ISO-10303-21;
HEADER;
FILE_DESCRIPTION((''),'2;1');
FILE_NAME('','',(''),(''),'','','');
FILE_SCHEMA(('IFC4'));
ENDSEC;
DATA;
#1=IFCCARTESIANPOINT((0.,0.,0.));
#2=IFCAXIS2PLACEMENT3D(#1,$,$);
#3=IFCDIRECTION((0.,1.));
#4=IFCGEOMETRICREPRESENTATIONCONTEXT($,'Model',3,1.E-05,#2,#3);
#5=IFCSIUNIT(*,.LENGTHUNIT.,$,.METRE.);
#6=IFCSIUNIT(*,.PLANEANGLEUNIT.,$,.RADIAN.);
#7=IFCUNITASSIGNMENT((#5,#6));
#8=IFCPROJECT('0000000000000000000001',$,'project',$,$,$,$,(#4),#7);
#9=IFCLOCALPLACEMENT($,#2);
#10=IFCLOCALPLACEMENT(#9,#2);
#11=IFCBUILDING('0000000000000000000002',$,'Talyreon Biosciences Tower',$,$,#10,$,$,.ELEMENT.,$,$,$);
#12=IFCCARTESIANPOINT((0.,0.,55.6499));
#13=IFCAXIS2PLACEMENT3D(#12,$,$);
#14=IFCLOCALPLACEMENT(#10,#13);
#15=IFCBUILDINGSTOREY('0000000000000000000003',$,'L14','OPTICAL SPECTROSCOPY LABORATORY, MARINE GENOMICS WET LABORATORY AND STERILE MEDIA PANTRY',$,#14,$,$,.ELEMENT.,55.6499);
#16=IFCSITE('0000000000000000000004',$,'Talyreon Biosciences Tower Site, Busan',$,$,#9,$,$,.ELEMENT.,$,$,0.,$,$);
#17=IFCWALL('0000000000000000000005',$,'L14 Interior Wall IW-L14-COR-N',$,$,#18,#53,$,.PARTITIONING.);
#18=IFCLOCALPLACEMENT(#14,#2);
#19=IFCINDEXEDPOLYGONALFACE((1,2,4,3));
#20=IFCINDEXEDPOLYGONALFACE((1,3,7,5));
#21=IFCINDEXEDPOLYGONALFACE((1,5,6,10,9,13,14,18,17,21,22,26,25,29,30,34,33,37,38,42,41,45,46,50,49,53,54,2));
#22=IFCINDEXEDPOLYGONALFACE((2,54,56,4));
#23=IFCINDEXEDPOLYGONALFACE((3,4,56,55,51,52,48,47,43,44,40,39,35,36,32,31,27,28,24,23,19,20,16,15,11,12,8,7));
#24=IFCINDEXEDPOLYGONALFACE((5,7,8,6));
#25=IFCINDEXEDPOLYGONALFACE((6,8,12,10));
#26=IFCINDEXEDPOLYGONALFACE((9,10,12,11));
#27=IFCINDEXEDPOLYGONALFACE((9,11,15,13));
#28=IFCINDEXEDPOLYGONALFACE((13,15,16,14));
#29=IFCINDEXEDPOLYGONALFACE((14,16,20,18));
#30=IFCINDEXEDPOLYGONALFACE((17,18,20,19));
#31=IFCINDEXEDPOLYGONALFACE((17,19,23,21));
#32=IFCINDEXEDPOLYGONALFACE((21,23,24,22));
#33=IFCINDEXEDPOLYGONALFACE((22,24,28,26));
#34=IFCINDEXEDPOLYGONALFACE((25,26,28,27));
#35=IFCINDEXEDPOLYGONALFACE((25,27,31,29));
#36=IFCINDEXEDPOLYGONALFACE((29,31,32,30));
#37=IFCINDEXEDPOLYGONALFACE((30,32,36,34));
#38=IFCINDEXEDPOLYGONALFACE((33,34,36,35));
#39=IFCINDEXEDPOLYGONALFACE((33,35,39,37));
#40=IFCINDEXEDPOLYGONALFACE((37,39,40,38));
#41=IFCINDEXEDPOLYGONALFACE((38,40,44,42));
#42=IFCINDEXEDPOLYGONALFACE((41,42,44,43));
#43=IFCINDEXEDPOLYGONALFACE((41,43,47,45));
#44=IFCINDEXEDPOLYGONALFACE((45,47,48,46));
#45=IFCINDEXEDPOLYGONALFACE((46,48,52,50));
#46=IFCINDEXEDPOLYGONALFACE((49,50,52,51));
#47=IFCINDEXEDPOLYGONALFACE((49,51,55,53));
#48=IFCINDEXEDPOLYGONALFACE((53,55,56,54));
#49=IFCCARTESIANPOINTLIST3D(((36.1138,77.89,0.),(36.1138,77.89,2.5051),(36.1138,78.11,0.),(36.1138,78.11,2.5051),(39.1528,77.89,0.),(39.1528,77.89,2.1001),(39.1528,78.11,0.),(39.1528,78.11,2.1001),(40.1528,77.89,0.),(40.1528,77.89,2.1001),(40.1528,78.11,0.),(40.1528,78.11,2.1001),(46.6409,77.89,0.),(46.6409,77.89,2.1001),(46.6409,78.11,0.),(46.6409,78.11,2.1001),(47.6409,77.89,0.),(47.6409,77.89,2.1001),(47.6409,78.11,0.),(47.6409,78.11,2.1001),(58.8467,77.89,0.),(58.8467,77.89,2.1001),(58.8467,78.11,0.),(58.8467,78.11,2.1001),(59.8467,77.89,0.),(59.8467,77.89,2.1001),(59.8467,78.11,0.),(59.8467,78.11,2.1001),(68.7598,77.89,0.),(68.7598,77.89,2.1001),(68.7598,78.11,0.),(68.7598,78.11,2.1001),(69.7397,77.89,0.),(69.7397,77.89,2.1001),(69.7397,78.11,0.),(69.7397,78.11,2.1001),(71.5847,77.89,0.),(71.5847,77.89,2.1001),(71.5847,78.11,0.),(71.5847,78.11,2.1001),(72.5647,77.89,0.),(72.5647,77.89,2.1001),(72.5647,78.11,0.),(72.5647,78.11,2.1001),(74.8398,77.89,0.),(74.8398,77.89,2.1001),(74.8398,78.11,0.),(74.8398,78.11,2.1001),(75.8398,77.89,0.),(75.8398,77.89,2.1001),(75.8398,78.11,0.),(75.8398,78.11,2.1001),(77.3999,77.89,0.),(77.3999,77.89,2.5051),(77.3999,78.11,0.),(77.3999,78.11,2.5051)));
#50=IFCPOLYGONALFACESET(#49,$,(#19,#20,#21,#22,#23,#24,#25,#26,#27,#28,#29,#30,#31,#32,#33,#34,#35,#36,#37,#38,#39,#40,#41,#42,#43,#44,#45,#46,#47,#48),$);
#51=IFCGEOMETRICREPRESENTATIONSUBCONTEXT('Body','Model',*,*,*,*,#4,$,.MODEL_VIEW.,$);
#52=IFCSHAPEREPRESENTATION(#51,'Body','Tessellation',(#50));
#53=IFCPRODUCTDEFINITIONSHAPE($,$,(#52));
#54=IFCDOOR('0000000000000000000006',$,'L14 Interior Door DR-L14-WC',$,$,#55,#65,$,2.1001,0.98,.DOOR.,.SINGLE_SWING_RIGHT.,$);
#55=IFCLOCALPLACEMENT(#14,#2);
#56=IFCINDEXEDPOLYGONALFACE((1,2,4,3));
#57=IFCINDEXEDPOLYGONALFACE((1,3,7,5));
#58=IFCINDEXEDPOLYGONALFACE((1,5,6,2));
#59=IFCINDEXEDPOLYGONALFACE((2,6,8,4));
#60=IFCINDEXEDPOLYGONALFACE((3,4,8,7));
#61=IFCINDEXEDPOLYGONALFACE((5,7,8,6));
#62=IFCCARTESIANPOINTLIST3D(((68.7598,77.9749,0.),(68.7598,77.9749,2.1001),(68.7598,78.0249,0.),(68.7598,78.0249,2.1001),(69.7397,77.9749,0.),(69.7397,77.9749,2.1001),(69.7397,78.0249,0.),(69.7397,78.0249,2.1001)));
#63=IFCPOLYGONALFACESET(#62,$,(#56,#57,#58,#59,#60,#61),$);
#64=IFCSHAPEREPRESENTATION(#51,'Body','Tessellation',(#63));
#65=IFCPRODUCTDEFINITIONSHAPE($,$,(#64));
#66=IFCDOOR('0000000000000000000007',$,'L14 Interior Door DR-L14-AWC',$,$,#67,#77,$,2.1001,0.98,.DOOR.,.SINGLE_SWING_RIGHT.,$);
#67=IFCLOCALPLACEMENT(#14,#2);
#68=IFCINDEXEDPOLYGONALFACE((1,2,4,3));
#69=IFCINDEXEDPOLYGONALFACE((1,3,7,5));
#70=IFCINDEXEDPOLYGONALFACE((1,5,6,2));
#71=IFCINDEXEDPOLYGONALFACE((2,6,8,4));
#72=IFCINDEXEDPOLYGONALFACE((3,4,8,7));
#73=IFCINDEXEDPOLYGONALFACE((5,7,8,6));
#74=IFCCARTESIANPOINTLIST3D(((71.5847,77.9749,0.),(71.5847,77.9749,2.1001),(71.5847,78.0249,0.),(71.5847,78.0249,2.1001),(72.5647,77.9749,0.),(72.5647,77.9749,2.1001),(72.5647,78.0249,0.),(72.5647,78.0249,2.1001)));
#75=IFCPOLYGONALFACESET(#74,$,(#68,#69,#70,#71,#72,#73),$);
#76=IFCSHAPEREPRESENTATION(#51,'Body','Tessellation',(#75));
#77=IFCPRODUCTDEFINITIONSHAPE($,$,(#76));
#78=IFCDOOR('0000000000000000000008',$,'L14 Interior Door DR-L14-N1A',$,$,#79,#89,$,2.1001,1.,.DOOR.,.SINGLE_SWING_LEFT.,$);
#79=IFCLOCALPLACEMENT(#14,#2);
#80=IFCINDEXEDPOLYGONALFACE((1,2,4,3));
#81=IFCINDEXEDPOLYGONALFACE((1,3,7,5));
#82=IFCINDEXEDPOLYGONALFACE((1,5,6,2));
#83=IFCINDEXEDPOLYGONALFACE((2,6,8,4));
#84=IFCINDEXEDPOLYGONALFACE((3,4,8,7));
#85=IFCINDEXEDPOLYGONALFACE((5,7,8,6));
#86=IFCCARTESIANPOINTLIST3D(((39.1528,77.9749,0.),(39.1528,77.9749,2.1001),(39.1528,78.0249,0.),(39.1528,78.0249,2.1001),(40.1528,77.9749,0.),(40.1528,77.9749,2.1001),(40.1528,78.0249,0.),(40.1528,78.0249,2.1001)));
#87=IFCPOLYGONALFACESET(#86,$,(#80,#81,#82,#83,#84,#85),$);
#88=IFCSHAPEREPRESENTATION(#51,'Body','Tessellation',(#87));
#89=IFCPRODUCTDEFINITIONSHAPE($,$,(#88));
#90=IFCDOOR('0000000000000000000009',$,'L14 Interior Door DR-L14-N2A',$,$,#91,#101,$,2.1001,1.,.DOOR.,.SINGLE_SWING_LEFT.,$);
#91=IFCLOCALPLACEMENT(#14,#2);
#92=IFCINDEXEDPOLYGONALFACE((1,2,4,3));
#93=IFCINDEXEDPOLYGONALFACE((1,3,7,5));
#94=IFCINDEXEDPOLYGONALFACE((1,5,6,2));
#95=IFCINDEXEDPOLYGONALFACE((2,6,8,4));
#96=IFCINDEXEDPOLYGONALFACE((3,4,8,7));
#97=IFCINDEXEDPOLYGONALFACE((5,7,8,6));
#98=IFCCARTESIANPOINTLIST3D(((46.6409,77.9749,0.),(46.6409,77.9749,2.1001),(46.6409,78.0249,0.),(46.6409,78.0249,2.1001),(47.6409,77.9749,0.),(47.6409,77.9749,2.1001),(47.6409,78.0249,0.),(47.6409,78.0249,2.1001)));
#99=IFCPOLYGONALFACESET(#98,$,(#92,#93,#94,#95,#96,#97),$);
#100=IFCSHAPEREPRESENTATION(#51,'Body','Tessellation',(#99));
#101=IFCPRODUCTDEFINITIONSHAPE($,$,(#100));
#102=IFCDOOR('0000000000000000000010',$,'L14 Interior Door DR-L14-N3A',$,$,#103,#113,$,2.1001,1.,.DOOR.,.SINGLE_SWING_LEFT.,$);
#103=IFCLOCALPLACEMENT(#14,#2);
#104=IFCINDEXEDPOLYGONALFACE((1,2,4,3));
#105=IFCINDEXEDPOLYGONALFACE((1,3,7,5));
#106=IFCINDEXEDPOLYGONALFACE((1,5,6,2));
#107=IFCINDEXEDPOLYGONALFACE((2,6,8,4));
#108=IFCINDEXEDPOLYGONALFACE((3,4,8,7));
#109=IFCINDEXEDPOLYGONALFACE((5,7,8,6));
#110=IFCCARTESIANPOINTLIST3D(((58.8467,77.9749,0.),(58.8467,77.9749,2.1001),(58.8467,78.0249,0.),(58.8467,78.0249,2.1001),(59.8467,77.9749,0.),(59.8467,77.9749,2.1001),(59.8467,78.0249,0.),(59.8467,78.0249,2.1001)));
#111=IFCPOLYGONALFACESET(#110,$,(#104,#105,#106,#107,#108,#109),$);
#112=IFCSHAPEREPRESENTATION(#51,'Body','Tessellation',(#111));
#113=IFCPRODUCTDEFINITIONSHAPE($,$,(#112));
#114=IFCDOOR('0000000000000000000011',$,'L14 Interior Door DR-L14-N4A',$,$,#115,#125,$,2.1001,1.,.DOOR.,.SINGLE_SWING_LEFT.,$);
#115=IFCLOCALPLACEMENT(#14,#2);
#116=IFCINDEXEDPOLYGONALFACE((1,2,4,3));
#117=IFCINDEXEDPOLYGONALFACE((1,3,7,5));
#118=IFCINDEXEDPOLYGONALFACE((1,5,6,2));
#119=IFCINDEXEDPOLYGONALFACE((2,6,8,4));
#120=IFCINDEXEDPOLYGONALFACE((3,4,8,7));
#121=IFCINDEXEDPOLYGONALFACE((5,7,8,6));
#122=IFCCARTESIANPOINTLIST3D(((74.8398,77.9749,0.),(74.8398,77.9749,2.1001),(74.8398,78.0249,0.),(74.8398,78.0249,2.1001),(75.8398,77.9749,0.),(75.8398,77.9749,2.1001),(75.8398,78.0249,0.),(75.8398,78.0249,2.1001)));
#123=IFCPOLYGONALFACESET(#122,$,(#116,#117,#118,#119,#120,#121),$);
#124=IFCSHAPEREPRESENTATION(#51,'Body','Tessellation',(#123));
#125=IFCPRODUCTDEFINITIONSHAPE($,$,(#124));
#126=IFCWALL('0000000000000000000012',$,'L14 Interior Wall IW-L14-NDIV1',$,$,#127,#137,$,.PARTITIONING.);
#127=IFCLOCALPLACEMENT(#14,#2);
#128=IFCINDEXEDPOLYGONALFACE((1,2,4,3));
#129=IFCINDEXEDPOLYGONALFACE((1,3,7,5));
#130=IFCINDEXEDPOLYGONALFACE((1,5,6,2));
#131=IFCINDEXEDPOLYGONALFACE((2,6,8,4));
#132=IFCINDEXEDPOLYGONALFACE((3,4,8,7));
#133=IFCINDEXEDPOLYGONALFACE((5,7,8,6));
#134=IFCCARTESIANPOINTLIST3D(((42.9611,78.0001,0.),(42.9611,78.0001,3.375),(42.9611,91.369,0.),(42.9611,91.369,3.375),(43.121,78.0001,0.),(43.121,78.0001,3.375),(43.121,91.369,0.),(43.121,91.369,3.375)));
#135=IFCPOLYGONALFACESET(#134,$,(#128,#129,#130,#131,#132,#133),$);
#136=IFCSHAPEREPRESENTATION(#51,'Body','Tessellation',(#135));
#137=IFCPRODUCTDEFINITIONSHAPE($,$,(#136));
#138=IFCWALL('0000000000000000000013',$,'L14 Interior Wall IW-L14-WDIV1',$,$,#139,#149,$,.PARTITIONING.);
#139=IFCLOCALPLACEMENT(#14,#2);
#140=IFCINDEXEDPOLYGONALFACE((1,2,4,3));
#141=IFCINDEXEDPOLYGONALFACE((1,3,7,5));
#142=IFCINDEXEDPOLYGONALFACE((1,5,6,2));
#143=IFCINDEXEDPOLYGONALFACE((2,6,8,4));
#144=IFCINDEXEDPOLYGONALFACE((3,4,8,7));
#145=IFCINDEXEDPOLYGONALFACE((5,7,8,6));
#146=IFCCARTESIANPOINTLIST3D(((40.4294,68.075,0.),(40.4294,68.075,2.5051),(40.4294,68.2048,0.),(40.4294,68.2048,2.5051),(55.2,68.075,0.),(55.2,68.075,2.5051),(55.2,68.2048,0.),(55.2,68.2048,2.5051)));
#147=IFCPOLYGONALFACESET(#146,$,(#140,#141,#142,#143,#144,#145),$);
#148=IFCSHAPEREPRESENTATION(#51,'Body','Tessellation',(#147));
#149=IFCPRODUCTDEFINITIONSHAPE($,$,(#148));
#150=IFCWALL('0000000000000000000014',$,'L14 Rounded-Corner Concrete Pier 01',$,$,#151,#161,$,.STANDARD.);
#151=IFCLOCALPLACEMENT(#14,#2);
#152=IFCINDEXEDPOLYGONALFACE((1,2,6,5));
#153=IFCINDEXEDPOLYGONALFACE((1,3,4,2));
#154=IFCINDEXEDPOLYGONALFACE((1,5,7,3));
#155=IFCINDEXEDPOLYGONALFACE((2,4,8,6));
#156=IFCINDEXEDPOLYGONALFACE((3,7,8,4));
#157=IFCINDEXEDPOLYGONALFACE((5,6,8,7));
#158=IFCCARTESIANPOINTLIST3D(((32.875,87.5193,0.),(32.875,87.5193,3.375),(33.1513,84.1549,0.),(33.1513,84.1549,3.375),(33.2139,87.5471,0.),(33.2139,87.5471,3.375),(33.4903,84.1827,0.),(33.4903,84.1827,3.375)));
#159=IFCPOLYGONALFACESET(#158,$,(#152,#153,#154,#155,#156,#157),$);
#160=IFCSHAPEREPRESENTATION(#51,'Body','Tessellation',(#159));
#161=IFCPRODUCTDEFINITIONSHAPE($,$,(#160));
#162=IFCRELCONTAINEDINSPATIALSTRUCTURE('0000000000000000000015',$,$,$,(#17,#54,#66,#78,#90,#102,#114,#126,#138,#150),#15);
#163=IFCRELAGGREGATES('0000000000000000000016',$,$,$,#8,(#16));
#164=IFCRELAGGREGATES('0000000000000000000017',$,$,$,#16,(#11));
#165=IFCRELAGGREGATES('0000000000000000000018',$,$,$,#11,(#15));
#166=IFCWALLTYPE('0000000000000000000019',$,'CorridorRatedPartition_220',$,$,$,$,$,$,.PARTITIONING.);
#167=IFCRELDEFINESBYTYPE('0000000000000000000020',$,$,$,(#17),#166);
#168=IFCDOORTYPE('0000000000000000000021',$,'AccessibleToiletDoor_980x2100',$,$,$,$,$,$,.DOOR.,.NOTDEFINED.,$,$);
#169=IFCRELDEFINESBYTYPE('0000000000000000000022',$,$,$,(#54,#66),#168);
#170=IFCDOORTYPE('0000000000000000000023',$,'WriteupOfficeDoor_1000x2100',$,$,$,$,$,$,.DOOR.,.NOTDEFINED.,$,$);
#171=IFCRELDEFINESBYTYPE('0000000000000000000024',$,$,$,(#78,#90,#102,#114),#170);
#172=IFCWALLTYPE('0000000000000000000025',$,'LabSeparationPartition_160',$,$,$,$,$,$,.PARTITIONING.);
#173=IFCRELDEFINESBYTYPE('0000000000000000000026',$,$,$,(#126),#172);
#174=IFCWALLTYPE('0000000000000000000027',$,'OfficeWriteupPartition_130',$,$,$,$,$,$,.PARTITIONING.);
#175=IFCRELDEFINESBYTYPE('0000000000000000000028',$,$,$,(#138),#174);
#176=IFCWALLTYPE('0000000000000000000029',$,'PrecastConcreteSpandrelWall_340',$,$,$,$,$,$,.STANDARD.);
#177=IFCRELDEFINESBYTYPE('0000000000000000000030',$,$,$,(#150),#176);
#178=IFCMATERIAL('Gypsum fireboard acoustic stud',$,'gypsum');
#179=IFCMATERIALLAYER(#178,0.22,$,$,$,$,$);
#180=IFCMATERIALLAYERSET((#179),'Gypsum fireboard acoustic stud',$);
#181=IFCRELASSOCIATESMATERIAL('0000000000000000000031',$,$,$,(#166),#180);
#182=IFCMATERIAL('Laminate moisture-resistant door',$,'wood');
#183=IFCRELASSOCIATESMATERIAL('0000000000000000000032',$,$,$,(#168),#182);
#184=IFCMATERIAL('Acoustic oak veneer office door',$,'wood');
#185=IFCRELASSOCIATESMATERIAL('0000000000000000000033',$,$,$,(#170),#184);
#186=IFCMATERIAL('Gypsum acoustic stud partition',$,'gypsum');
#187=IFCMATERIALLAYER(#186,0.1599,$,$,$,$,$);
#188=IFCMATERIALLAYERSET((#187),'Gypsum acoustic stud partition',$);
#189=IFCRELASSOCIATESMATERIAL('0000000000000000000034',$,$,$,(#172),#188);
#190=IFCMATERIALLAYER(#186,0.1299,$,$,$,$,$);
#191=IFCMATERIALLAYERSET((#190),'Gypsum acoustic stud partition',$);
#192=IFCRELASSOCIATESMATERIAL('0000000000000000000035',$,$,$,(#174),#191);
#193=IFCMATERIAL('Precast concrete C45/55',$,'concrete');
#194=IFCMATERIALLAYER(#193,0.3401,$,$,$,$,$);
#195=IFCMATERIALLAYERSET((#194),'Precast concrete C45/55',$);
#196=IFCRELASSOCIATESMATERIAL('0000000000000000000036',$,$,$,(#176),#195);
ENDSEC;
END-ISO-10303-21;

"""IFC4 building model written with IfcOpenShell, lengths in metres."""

from ifc_helpers import new_model, si_unit, direction, frame, frame_2d, origin, place, context, subcontext, project, spatial, rectangle, extrude, material, layer, layer_set, type_object, element, fill, save


model = new_model("IFC4")

# Units and contexts
model_context = context("Model", 3, precision=1e-05, world=origin(), true_north=direction((0.0, 1.0)))
body_context = subcontext(model_context, "Body", "Model", "MODEL_VIEW")
ifc_project = project(units=[si_unit("LENGTHUNIT", "METRE"), si_unit("PLANEANGLEUNIT", "RADIAN")], contexts=[model_context])

# Site, building, storey
site_placement = place(None, origin())
site = spatial("IfcSite", under=ifc_project, at=site_placement, Name="Talyreon Biosciences Tower Site, Busan", CompositionType="ELEMENT", RefElevation=0.0)
building_placement = place(site_placement, origin())
building = spatial("IfcBuilding", under=site, at=building_placement, Name="Talyreon Biosciences Tower", CompositionType="ELEMENT")
storey_placement = place(building_placement, frame((0.0, 0.0, 55.6499)))
storey = spatial("IfcBuildingStorey", under=building, at=storey_placement, Name="L14", Description="OPTICAL SPECTROSCOPY LABORATORY, MARINE GENOMICS WET LABORATORY AND STERILE MEDIA PANTRY", CompositionType="ELEMENT", Elevation=55.6499)

# Shared definitions
ifc_material_1 = material(Name="Precast concrete C45/55", Category="concrete")

# Wall, openings, doors
ifc_material_2 = material(Name="Gypsum fireboard acoustic stud", Category="gypsum")
ifc_layer_1 = layer(ifc_material_2, 0.22)
ifc_layer_set_1 = layer_set([ifc_layer_1], Name="Gypsum fireboard acoustic stud")
wall_type_1 = type_object("IfcWallType", Name="CorridorRatedPartition_220", PredefinedType="PARTITIONING", material=ifc_layer_set_1)
wall_1_placement = place(storey_placement, frame((36.1138, 78.0, 0.0), z_axis=(0.0, 0.0, 1.0), x_axis=(1.0, 0.0, 0.0)))
wall_1 = element("IfcWall", 1, at=wall_1_placement, inside=storey, type_object=wall_type_1, Name="L14 Interior Wall IW-L14-COR-N", PredefinedType="PARTITIONING", context=body_context, shape_type="SweptSolid", body=[
    extrude(rectangle(XDim=41.2861, YDim=0.22, at=frame_2d((20.6431, 0.0))), origin(), (0.0, 0.0, 1.0), 2.5051),
])
opening_1_placement = place(wall_1_placement, frame((32.646, 0.0, 0.0)))
opening_1 = element("IfcOpeningElement", 2, at=opening_1_placement, cuts=wall_1, PredefinedType="OPENING", context=body_context, shape_type="SweptSolid", body=[
    extrude(rectangle(XDim=0.98, YDim=2.1001, at=frame_2d((0.49, 1.05))), frame((0.0, 0.1199, 0.0), z_axis=(0.0, -1.0, 0.0), x_axis=(1.0, 0.0, 0.0)), (0.0, 0.0, 1.0), 0.24),
])
opening_2_placement = place(wall_1_placement, frame((35.4709, 0.0, 0.0)))
opening_2 = element("IfcOpeningElement", 3, at=opening_2_placement, cuts=wall_1, PredefinedType="OPENING", context=body_context, shape_type="SweptSolid", body=[
    extrude(rectangle(XDim=0.98, YDim=2.1001, at=frame_2d((0.49, 1.05))), frame((0.0, 0.1199, 0.0), z_axis=(0.0, -1.0, 0.0), x_axis=(1.0, 0.0, 0.0)), (0.0, 0.0, 1.0), 0.24),
])
opening_3_placement = place(wall_1_placement, frame((3.0391, 0.0, 0.0)))
opening_3 = element("IfcOpeningElement", 4, at=opening_3_placement, cuts=wall_1, PredefinedType="OPENING", context=body_context, shape_type="SweptSolid", body=[
    extrude(rectangle(XDim=1.0, YDim=2.1001, at=frame_2d((0.5, 1.05))), frame((0.0, 0.1199, 0.0), z_axis=(0.0, -1.0, 0.0), x_axis=(1.0, 0.0, 0.0)), (0.0, 0.0, 1.0), 0.24),
])
opening_4_placement = place(wall_1_placement, frame((10.5271, 0.0, 0.0)))
opening_4 = element("IfcOpeningElement", 5, at=opening_4_placement, cuts=wall_1, PredefinedType="OPENING", context=body_context, shape_type="SweptSolid", body=[
    extrude(rectangle(XDim=1.0, YDim=2.1001, at=frame_2d((0.5, 1.05))), frame((0.0, 0.1199, 0.0), z_axis=(0.0, -1.0, 0.0), x_axis=(1.0, 0.0, 0.0)), (0.0, 0.0, 1.0), 0.24),
])
opening_5_placement = place(wall_1_placement, frame((22.7329, 0.0, 0.0)))
opening_5 = element("IfcOpeningElement", 6, at=opening_5_placement, cuts=wall_1, PredefinedType="OPENING", context=body_context, shape_type="SweptSolid", body=[
    extrude(rectangle(XDim=1.0, YDim=2.1001, at=frame_2d((0.5, 1.05))), frame((0.0, 0.1199, 0.0), z_axis=(0.0, -1.0, 0.0), x_axis=(1.0, 0.0, 0.0)), (0.0, 0.0, 1.0), 0.24),
])
opening_6_placement = place(wall_1_placement, frame((38.7261, 0.0, 0.0)))
opening_6 = element("IfcOpeningElement", 7, at=opening_6_placement, cuts=wall_1, PredefinedType="OPENING", context=body_context, shape_type="SweptSolid", body=[
    extrude(rectangle(XDim=1.0, YDim=2.1001, at=frame_2d((0.5, 1.05))), frame((0.0, 0.1199, 0.0), z_axis=(0.0, -1.0, 0.0), x_axis=(1.0, 0.0, 0.0)), (0.0, 0.0, 1.0), 0.24),
])
ifc_material_3 = material(Name="Laminate moisture-resistant door", Category="wood")
door_type_1 = type_object("IfcDoorType", Name="AccessibleToiletDoor_980x2100", OperationType="NOTDEFINED", PredefinedType="DOOR", material=ifc_material_3)
door_1_placement = place(opening_1_placement, origin())
door_1 = element("IfcDoor", 8, at=door_1_placement, inside=storey, type_object=door_type_1, Name="L14 Interior Door DR-L14-WC", OperationType="SINGLE_SWING_RIGHT", OverallHeight=2.1001, OverallWidth=0.98, PredefinedType="DOOR", context=body_context, shape_type="SweptSolid", body=[
    extrude(rectangle(XDim=0.98, YDim=2.1001, at=frame_2d((0.49, 1.05))), frame((0.0, 0.0249, 0.0), z_axis=(0.0, -1.0, 0.0), x_axis=(1.0, 0.0, 0.0)), (0.0, 0.0, 1.0), 0.05),
])
fill(opening_1, door_1)
door_2_placement = place(opening_2_placement, origin())
door_2 = element("IfcDoor", 9, at=door_2_placement, inside=storey, type_object=door_type_1, Name="L14 Interior Door DR-L14-AWC", OperationType="SINGLE_SWING_RIGHT", OverallHeight=2.1001, OverallWidth=0.98, PredefinedType="DOOR", context=body_context, shape_type="SweptSolid", body=[
    extrude(rectangle(XDim=0.98, YDim=2.1001, at=frame_2d((0.49, 1.05))), frame((0.0, 0.0249, 0.0), z_axis=(0.0, -1.0, 0.0), x_axis=(1.0, 0.0, 0.0)), (0.0, 0.0, 1.0), 0.05),
])
fill(opening_2, door_2)
ifc_material_4 = material(Name="Acoustic oak veneer office door", Category="wood")
door_type_2 = type_object("IfcDoorType", Name="WriteupOfficeDoor_1000x2100", OperationType="NOTDEFINED", PredefinedType="DOOR", material=ifc_material_4)
door_3_placement = place(opening_3_placement, origin())
door_3 = element("IfcDoor", 10, at=door_3_placement, inside=storey, type_object=door_type_2, Name="L14 Interior Door DR-L14-N1A", OperationType="SINGLE_SWING_LEFT", OverallHeight=2.1001, OverallWidth=1.0, PredefinedType="DOOR", context=body_context, shape_type="SweptSolid", body=[
    extrude(rectangle(XDim=1.0, YDim=2.1001, at=frame_2d((0.5, 1.05))), frame((0.0, 0.0249, 0.0), z_axis=(0.0, -1.0, 0.0), x_axis=(1.0, 0.0, 0.0)), (0.0, 0.0, 1.0), 0.05),
])
fill(opening_3, door_3)
door_4_placement = place(opening_4_placement, origin())
door_4 = element("IfcDoor", 11, at=door_4_placement, inside=storey, type_object=door_type_2, Name="L14 Interior Door DR-L14-N2A", OperationType="SINGLE_SWING_LEFT", OverallHeight=2.1001, OverallWidth=1.0, PredefinedType="DOOR", context=body_context, shape_type="SweptSolid", body=[
    extrude(rectangle(XDim=1.0, YDim=2.1001, at=frame_2d((0.5, 1.05))), frame((0.0, 0.0249, 0.0), z_axis=(0.0, -1.0, 0.0), x_axis=(1.0, 0.0, 0.0)), (0.0, 0.0, 1.0), 0.05),
])
fill(opening_4, door_4)
door_5_placement = place(opening_5_placement, origin())
door_5 = element("IfcDoor", 12, at=door_5_placement, inside=storey, type_object=door_type_2, Name="L14 Interior Door DR-L14-N3A", OperationType="SINGLE_SWING_LEFT", OverallHeight=2.1001, OverallWidth=1.0, PredefinedType="DOOR", context=body_context, shape_type="SweptSolid", body=[
    extrude(rectangle(XDim=1.0, YDim=2.1001, at=frame_2d((0.5, 1.05))), frame((0.0, 0.0249, 0.0), z_axis=(0.0, -1.0, 0.0), x_axis=(1.0, 0.0, 0.0)), (0.0, 0.0, 1.0), 0.05),
])
fill(opening_5, door_5)
door_6_placement = place(opening_6_placement, origin())
door_6 = element("IfcDoor", 13, at=door_6_placement, inside=storey, type_object=door_type_2, Name="L14 Interior Door DR-L14-N4A", OperationType="SINGLE_SWING_LEFT", OverallHeight=2.1001, OverallWidth=1.0, PredefinedType="DOOR", context=body_context, shape_type="SweptSolid", body=[
    extrude(rectangle(XDim=1.0, YDim=2.1001, at=frame_2d((0.5, 1.05))), frame((0.0, 0.0249, 0.0), z_axis=(0.0, -1.0, 0.0), x_axis=(1.0, 0.0, 0.0)), (0.0, 0.0, 1.0), 0.05),
])
fill(opening_6, door_6)

# Walls
ifc_material_5 = material(Name="Gypsum acoustic stud partition", Category="gypsum")
ifc_layer_2 = layer(ifc_material_5, 0.1599)
ifc_layer_set_2 = layer_set([ifc_layer_2], Name="Gypsum acoustic stud partition")
wall_type_2 = type_object("IfcWallType", Name="LabSeparationPartition_160", PredefinedType="PARTITIONING", material=ifc_layer_set_2)
wall_2_placement = place(storey_placement, frame((43.041, 78.0, 0.0), z_axis=(0.0, 0.0, 1.0), x_axis=(0.0, 1.0, 0.0)))
element("IfcWall", 14, at=wall_2_placement, inside=storey, type_object=wall_type_2, Name="L14 Interior Wall IW-L14-NDIV1", PredefinedType="PARTITIONING", context=body_context, shape_type="SweptSolid", body=[
    extrude(rectangle(XDim=13.3689, YDim=0.1599, at=frame_2d((6.6846, 0.0))), origin(), (0.0, 0.0, 1.0), 3.375),
])
ifc_layer_3 = layer(ifc_material_5, 0.1299)
ifc_layer_set_3 = layer_set([ifc_layer_3], Name="Gypsum acoustic stud partition")
wall_type_3 = type_object("IfcWallType", Name="OfficeWriteupPartition_130", PredefinedType="PARTITIONING", material=ifc_layer_set_3)
wall_3_placement = place(storey_placement, frame((40.4294, 68.1399, 0.0), z_axis=(0.0, 0.0, 1.0), x_axis=(1.0, 0.0, 0.0)))
element("IfcWall", 15, at=wall_3_placement, inside=storey, type_object=wall_type_3, Name="L14 Interior Wall IW-L14-WDIV1", PredefinedType="PARTITIONING", context=body_context, shape_type="SweptSolid", body=[
    extrude(rectangle(XDim=14.7705, YDim=0.1299, at=frame_2d((7.3853, 0.0))), origin(), (0.0, 0.0, 1.0), 2.5051),
])
ifc_layer_4 = layer(ifc_material_1, 0.3401)
ifc_layer_set_4 = layer_set([ifc_layer_4], Name="Precast concrete C45/55")
wall_type_4 = type_object("IfcWallType", Name="PrecastConcreteSpandrelWall_340", PredefinedType="STANDARD", material=ifc_layer_set_4)
wall_4_placement = place(storey_placement, frame((33.3208, 84.1687, 0.0), z_axis=(0.0, 0.0, 1.0), x_axis=(-0.081866, 0.996643, 0.0)))
element("IfcWall", 16, at=wall_4_placement, inside=storey, type_object=wall_type_4, Name="L14 Rounded-Corner Concrete Pier 01", PredefinedType="STANDARD", context=body_context, shape_type="SweptSolid", body=[
    extrude(rectangle(XDim=3.3757, YDim=0.3401, at=frame_2d((1.688, 0.0))), origin(), (0.0, 0.0, 1.0), 3.375),
])

save(model, "model.ifc")
